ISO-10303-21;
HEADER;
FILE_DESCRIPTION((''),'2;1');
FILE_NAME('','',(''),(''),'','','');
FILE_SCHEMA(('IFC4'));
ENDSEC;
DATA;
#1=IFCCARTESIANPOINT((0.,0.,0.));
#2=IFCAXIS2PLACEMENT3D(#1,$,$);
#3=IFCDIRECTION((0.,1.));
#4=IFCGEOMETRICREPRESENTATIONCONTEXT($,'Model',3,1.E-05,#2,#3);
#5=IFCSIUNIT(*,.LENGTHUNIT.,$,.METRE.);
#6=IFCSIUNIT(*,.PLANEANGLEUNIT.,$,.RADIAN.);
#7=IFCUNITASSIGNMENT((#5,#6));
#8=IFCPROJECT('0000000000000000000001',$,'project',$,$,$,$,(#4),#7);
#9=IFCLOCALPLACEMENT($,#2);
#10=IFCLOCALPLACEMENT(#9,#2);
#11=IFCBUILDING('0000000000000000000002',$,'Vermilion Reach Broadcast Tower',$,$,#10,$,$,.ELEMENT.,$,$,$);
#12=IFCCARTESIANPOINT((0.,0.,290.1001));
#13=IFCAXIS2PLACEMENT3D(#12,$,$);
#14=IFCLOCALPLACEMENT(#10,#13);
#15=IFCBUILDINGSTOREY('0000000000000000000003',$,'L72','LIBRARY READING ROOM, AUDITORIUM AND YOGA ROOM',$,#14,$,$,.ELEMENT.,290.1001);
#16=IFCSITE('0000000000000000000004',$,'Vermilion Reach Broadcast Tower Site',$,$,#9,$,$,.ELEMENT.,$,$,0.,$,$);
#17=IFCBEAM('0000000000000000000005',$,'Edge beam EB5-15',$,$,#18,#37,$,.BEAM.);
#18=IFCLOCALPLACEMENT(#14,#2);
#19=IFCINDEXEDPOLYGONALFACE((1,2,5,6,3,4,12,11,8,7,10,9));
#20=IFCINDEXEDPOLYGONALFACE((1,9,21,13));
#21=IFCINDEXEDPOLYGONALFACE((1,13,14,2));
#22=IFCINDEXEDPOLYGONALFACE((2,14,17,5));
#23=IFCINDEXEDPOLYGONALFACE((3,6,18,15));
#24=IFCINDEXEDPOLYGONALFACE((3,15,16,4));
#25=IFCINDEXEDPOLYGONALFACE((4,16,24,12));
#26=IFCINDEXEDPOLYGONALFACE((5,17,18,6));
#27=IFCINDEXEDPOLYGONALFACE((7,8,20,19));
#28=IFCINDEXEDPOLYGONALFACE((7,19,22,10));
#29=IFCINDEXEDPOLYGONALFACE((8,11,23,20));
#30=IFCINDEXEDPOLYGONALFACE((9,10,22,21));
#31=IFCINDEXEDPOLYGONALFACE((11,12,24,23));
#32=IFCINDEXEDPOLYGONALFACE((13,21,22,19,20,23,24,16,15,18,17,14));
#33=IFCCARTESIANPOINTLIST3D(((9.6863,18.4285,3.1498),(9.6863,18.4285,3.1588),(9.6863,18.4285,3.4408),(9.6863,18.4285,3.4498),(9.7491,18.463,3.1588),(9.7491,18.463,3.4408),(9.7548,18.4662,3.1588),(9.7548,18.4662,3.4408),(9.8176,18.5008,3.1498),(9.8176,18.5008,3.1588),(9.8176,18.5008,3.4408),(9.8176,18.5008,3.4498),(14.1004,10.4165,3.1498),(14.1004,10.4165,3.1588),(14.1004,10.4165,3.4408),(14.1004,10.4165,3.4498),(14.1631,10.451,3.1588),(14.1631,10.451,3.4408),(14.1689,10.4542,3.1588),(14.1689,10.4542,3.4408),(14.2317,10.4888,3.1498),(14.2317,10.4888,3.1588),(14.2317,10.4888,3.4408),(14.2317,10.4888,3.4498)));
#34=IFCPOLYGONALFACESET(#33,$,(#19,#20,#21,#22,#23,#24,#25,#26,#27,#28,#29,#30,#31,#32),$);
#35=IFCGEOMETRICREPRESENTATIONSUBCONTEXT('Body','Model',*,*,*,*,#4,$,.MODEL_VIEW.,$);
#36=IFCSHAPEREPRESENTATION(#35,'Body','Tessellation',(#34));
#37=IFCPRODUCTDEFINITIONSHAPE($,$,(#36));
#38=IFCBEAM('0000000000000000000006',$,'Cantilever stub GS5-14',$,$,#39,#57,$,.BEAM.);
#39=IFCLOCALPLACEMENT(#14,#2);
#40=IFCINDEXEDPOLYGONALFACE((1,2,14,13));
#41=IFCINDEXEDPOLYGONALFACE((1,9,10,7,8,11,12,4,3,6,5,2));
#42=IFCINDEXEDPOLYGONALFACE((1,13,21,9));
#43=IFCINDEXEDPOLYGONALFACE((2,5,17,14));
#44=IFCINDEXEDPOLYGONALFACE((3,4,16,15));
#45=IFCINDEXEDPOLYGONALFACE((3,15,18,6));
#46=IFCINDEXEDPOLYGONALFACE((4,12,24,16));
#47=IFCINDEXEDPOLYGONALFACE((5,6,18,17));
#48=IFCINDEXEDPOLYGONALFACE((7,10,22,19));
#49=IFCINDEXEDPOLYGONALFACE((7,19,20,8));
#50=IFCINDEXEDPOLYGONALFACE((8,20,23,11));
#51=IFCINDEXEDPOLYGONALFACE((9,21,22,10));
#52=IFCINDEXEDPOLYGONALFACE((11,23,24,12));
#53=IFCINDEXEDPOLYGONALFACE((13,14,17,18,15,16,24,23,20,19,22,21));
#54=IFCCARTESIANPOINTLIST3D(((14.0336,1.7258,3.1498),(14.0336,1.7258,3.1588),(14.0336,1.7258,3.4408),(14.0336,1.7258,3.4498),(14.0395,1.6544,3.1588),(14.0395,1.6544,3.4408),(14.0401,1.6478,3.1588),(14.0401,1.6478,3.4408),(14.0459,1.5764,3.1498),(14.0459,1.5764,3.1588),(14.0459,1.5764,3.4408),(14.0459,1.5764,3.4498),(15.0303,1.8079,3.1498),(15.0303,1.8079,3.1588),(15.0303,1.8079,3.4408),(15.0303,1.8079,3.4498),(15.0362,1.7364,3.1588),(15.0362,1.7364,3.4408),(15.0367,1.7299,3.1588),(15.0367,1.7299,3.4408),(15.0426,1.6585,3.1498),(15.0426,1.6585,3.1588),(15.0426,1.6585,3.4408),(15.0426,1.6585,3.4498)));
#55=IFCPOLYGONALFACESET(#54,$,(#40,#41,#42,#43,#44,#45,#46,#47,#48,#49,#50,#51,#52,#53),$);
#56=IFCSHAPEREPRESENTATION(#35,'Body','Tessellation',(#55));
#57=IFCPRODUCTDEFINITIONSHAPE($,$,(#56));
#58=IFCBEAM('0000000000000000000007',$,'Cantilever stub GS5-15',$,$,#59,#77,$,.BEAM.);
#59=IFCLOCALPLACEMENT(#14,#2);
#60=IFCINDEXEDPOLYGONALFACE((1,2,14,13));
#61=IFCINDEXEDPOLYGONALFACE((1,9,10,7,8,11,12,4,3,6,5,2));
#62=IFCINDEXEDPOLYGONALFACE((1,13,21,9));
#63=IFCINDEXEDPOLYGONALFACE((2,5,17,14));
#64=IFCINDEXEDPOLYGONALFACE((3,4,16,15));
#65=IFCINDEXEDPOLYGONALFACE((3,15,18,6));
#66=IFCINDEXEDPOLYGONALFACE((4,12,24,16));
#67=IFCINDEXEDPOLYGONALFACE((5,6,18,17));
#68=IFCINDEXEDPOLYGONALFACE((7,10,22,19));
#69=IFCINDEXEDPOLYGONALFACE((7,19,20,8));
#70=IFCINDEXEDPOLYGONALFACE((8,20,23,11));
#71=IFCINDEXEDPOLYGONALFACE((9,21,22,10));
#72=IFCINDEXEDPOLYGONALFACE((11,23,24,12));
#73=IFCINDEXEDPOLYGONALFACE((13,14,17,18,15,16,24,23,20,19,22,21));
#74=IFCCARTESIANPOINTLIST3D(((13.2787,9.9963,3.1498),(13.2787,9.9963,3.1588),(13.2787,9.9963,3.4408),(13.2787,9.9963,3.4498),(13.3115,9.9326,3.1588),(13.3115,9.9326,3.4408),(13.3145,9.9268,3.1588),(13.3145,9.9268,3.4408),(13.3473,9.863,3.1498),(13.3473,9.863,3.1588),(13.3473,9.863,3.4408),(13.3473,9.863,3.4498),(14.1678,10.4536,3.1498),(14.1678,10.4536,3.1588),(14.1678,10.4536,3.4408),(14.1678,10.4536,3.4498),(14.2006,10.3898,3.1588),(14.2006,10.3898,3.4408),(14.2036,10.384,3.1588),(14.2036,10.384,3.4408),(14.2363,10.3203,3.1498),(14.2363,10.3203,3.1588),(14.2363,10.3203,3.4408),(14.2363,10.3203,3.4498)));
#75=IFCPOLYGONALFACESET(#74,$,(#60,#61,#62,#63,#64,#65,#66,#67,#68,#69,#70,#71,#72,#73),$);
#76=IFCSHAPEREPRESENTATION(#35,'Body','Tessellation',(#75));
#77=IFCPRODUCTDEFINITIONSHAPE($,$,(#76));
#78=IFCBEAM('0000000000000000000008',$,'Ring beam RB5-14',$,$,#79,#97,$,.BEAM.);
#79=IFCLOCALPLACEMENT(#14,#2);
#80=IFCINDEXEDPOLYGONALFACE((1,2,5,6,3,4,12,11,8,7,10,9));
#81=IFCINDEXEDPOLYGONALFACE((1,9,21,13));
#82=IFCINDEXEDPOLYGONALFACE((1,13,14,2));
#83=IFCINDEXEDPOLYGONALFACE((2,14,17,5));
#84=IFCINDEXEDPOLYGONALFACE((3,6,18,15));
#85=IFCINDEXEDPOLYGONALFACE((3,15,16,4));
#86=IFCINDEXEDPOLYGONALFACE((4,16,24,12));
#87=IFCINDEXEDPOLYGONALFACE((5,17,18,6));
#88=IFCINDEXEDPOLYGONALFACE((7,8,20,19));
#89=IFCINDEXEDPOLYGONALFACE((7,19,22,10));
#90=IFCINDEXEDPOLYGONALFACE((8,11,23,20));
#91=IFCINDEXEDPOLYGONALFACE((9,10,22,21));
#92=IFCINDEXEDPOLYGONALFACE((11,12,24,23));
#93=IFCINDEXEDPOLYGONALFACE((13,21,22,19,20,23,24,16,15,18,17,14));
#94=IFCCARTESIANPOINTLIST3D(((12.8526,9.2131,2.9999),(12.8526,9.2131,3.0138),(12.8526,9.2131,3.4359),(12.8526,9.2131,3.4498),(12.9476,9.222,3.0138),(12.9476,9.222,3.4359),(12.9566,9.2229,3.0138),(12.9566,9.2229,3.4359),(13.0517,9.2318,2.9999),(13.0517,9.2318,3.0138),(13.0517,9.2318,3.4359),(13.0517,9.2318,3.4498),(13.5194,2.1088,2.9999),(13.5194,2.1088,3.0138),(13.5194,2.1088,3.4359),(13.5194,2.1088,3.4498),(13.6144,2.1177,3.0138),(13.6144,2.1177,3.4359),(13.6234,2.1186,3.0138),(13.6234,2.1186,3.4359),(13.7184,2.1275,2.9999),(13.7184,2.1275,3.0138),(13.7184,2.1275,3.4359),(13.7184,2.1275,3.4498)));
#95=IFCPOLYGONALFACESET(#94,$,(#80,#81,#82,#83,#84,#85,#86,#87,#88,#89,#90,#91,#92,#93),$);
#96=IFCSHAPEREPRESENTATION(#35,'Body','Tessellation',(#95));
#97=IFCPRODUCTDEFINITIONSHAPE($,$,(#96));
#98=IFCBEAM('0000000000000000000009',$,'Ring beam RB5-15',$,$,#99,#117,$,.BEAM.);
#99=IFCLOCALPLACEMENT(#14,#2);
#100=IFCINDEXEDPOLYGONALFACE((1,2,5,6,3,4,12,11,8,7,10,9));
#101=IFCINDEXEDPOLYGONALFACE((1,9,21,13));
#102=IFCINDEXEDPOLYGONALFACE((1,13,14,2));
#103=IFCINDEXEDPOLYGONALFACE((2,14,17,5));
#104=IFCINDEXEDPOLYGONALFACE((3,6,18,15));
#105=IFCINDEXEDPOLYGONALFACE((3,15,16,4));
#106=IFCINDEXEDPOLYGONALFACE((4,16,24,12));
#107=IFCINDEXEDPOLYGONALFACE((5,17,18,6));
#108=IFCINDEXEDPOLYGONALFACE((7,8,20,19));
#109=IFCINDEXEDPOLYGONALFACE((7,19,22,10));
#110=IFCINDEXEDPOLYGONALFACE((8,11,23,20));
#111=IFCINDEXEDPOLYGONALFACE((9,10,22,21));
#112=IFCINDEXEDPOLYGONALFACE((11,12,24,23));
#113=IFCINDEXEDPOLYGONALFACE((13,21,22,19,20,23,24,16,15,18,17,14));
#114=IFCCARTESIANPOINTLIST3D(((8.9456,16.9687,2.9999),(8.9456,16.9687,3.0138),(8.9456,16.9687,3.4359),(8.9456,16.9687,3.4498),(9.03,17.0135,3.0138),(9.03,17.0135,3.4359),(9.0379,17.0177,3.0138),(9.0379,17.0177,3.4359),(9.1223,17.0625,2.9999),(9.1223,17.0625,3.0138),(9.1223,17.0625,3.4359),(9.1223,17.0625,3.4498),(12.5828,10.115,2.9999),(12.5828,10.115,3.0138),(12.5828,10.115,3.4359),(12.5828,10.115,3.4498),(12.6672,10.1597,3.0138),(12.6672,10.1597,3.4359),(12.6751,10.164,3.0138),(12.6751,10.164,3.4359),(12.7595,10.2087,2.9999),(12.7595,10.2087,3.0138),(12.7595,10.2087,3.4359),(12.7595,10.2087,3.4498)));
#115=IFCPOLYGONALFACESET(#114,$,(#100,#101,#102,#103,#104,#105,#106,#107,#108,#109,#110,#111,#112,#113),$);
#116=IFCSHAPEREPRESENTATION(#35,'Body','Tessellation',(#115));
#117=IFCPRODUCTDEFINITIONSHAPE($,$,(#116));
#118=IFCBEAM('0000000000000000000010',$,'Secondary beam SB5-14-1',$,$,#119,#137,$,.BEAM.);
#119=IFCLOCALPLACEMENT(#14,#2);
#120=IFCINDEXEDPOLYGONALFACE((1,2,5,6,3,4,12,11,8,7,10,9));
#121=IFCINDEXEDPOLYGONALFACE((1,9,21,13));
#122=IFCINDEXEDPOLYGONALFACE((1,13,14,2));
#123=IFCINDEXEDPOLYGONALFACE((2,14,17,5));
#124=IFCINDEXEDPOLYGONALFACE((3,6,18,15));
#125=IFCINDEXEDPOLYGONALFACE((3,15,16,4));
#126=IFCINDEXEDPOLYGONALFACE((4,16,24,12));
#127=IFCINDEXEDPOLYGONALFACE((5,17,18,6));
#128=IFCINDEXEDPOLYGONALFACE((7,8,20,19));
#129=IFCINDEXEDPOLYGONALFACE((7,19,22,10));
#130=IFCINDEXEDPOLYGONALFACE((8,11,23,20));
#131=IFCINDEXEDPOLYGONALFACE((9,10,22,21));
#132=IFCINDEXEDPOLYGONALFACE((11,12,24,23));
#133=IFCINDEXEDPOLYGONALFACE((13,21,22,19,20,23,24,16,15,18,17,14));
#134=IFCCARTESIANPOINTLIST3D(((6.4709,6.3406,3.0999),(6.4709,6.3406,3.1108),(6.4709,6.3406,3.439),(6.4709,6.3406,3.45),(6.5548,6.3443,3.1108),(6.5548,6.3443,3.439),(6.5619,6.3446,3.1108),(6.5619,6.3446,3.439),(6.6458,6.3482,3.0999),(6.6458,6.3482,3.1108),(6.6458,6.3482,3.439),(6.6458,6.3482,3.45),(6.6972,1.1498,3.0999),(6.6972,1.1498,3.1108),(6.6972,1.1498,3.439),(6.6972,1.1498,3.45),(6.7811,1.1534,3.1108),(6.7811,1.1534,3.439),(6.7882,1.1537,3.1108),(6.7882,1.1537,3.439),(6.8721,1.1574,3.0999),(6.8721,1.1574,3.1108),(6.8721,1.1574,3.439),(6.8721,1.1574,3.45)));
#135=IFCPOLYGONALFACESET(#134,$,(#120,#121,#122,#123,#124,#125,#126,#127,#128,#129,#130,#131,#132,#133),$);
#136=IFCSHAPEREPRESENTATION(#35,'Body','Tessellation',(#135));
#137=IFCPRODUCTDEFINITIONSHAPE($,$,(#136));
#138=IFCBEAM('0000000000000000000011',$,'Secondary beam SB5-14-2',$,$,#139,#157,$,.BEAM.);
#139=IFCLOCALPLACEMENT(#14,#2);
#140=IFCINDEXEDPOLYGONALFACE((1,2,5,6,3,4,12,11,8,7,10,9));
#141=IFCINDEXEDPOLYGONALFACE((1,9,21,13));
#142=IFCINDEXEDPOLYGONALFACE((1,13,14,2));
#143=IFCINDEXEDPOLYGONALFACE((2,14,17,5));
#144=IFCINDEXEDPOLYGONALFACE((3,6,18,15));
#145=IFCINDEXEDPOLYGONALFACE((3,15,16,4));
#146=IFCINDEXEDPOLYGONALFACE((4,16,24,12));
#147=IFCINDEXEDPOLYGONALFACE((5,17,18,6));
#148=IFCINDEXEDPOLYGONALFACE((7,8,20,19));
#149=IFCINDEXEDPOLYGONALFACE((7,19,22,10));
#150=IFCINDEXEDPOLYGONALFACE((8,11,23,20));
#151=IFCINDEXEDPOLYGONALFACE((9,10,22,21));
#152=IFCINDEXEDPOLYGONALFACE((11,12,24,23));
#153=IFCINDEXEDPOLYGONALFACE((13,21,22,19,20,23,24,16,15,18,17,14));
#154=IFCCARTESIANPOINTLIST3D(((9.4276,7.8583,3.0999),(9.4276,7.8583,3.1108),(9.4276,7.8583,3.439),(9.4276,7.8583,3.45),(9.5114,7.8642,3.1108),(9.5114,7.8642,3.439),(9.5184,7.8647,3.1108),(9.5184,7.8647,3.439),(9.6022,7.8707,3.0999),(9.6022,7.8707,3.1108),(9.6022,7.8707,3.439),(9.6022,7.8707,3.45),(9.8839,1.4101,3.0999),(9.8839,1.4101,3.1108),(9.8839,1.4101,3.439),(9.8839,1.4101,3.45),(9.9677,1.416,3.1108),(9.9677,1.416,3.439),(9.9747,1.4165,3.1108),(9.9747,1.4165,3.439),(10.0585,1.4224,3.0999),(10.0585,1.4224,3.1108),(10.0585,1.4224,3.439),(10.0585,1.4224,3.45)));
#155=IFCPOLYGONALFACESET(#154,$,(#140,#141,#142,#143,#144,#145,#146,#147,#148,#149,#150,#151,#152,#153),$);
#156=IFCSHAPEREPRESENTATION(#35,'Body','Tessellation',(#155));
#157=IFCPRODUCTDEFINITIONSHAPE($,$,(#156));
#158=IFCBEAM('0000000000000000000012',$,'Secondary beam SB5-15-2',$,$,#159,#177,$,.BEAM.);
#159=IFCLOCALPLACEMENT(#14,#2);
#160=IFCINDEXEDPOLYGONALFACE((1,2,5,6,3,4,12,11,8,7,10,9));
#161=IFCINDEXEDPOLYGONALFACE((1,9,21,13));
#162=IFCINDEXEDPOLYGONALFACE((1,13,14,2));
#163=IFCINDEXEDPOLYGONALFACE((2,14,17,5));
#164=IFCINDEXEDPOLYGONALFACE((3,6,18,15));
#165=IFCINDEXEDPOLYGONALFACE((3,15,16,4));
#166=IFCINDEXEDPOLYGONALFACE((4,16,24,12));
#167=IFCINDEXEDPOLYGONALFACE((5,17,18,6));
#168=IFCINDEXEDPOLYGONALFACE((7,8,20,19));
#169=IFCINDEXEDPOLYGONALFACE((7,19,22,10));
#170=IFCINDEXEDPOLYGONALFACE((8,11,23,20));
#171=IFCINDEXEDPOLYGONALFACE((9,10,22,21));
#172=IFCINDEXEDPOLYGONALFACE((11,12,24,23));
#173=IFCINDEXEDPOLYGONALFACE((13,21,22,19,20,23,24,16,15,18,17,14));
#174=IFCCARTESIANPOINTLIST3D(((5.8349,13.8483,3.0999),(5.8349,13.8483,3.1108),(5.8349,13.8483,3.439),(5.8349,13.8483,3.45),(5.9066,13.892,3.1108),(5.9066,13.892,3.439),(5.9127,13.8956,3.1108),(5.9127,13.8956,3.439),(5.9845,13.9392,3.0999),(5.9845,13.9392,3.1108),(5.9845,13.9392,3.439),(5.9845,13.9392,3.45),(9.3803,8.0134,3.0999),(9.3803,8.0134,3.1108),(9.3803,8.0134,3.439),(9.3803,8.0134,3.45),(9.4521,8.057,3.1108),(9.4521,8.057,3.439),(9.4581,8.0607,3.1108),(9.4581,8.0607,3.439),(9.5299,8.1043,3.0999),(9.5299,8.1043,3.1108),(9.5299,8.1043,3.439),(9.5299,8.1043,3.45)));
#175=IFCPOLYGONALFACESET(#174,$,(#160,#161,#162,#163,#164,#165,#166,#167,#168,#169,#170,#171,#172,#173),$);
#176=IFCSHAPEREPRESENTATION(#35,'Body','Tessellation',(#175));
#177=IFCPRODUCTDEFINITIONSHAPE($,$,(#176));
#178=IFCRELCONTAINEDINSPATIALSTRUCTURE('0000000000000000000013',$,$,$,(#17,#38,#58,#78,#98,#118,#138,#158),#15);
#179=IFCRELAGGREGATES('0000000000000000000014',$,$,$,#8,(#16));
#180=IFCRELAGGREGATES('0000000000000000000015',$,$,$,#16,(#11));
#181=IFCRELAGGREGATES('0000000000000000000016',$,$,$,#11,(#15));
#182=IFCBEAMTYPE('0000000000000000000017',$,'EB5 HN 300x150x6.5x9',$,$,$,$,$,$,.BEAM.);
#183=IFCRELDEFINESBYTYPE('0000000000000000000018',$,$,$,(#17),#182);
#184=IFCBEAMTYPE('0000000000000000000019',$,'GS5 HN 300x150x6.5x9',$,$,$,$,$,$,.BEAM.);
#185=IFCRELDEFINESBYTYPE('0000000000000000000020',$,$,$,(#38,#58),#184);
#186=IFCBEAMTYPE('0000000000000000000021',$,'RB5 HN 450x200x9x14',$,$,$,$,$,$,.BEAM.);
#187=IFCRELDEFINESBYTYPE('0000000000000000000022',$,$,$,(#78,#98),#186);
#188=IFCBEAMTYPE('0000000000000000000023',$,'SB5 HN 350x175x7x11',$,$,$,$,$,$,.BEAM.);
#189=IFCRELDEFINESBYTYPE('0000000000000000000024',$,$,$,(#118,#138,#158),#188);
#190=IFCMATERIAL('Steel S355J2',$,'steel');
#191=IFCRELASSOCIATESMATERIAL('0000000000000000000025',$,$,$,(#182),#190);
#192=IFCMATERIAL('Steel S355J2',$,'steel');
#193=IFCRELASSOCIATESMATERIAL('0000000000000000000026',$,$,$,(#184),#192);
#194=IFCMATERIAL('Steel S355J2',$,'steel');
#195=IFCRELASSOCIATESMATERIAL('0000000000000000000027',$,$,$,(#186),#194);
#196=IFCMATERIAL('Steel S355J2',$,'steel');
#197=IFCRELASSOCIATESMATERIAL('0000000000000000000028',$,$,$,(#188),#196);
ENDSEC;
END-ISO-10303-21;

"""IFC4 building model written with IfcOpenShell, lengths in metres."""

from ifc_helpers import new_model, si_unit, direction, frame, origin, origin_2d, place, context, subcontext, project, spatial, i_section, extrude, material, material_profile, profile_set, type_object, element, save


model = new_model("IFC4")

# Units and contexts
model_context = context("Model", 3, precision=1e-05, world=origin(), true_north=direction((0.0, 1.0)))
body_context = subcontext(model_context, "Body", "Model", "MODEL_VIEW")
ifc_project = project(units=[si_unit("LENGTHUNIT", "METRE"), si_unit("PLANEANGLEUNIT", "RADIAN")], contexts=[model_context])

# Site, building, storey
site_placement = place(None, origin())
site = spatial("IfcSite", under=ifc_project, at=site_placement, Name="Vermilion Reach Broadcast Tower Site", CompositionType="ELEMENT", RefElevation=0.0)
building_placement = place(site_placement, origin())
building = spatial("IfcBuilding", under=site, at=building_placement, Name="Vermilion Reach Broadcast Tower", CompositionType="ELEMENT")
storey_placement = place(building_placement, frame((0.0, 0.0, 290.1001)))
storey = spatial("IfcBuildingStorey", under=building, at=storey_placement, Name="L72", Description="LIBRARY READING ROOM, AUDITORIUM AND YOGA ROOM", CompositionType="ELEMENT", Elevation=290.1001)

# Beams
ifc_material_1 = material(Name="Steel S355J2", Category="steel")
ifc_material_profile_1 = material_profile(ifc_material_1, i_section(OverallWidth=0.1499, OverallDepth=0.3, WebThickness=0.0066, FlangeThickness=0.009, at=origin_2d()), Name="S355J2 HN 300x150x6.5x9")
ifc_profile_set_1 = profile_set([ifc_material_profile_1], Name="Steel S355J2")
beam_type_1 = type_object("IfcBeamType", Name="EB5 HN 300x150x6.5x9", PredefinedType="BEAM", material=ifc_profile_set_1)
beam_1_placement = place(storey_placement, frame((14.166, 10.4526, 3.2998), z_axis=(-0.482547, 0.87587, 0.0), x_axis=(-0.87587, -0.482547, 0.0)))
element("IfcBeam", 1, at=beam_1_placement, inside=storey, type_object=beam_type_1, Name="Edge beam EB5-15", PredefinedType="BEAM", context=body_context, shape_type="SweptSolid", body=[
    extrude(i_section(OverallWidth=0.1499, OverallDepth=0.3, WebThickness=0.0066, FlangeThickness=0.009, at=origin_2d()), origin(), (0.0, 0.0, 1.0), 9.1475),
])
ifc_material_2 = material(Name="Steel S355J2", Category="steel")
ifc_material_profile_2 = material_profile(ifc_material_2, i_section(OverallWidth=0.1499, OverallDepth=0.3, WebThickness=0.0066, FlangeThickness=0.009, at=origin_2d()), Name="S355J2 HN 300x150x6.5x9")
ifc_profile_set_2 = profile_set([ifc_material_profile_2], Name="Steel S355J2")
beam_type_2 = type_object("IfcBeamType", Name="GS5 HN 300x150x6.5x9", PredefinedType="BEAM", material=ifc_profile_set_2)
beam_2_placement = place(storey_placement, frame((14.0398, 1.6511, 3.2998), z_axis=(0.996629, 0.082035, 0.0), x_axis=(-0.082035, 0.996629, 0.0)))
element("IfcBeam", 2, at=beam_2_placement, inside=storey, type_object=beam_type_2, Name="Cantilever stub GS5-14", PredefinedType="BEAM", context=body_context, shape_type="SweptSolid", body=[
    extrude(i_section(OverallWidth=0.1499, OverallDepth=0.3, WebThickness=0.0066, FlangeThickness=0.009, at=origin_2d()), origin(), (0.0, 0.0, 1.0), 1.0),
])
beam_3_placement = place(storey_placement, frame((13.313, 9.9297, 3.2998), z_axis=(0.889291, 0.457342, 0.0), x_axis=(-0.457342, 0.889291, 0.0)))
element("IfcBeam", 3, at=beam_3_placement, inside=storey, type_object=beam_type_2, Name="Cantilever stub GS5-15", PredefinedType="BEAM", context=body_context, shape_type="SweptSolid", body=[
    extrude(i_section(OverallWidth=0.1499, OverallDepth=0.3, WebThickness=0.0066, FlangeThickness=0.009, at=origin_2d()), origin(), (0.0, 0.0, 1.0), 0.9998),
])
ifc_material_3 = material(Name="Steel S355J2", Category="steel")
ifc_material_profile_3 = material_profile(ifc_material_3, i_section(OverallWidth=0.2, OverallDepth=0.45, WebThickness=0.009, FlangeThickness=0.0139, at=origin_2d()), Name="S355J2 HN 450x200x9x14")
ifc_profile_set_3 = profile_set([ifc_material_profile_3], Name="Steel S355J2")
beam_type_3 = type_object("IfcBeamType", Name="RB5 HN 450x200x9x14", PredefinedType="BEAM", material=ifc_profile_set_3)
beam_4_placement = place(storey_placement, frame((13.6189, 2.1182, 3.2249), z_axis=(-0.093441, 0.995625, 0.0), x_axis=(-0.995625, -0.093441, 0.0)))
element("IfcBeam", 4, at=beam_4_placement, inside=storey, type_object=beam_type_3, Name="Ring beam RB5-14", PredefinedType="BEAM", context=body_context, shape_type="SweptSolid", body=[
    extrude(i_section(OverallWidth=0.2, OverallDepth=0.45, WebThickness=0.009, FlangeThickness=0.0139, at=origin_2d()), origin(), (0.0, 0.0, 1.0), 7.1355),
])
beam_5_placement = place(storey_placement, frame((12.6711, 10.1619, 3.2249), z_axis=(-0.468768, 0.883321, 0.0), x_axis=(-0.883321, -0.468768, 0.0)))
element("IfcBeam", 5, at=beam_5_placement, inside=storey, type_object=beam_type_3, Name="Ring beam RB5-15", PredefinedType="BEAM", context=body_context, shape_type="SweptSolid", body=[
    extrude(i_section(OverallWidth=0.2, OverallDepth=0.45, WebThickness=0.009, FlangeThickness=0.0139, at=origin_2d()), origin(), (0.0, 0.0, 1.0), 7.759),
])
ifc_material_4 = material(Name="Steel S355J2", Category="steel")
ifc_material_profile_4 = material_profile(ifc_material_4, i_section(OverallWidth=0.175, OverallDepth=0.3501, WebThickness=0.0071, FlangeThickness=0.011, at=origin_2d()), Name="S355J2 HN 350x175x7x11")
ifc_profile_set_4 = profile_set([ifc_material_profile_4], Name="Steel S355J2")
beam_type_4 = type_object("IfcBeamType", Name="SB5 HN 350x175x7x11", PredefinedType="BEAM", material=ifc_profile_set_4)
beam_6_placement = place(storey_placement, frame((6.7847, 1.1536, 3.2749), z_axis=(-0.043558, 0.999051, 0.0), x_axis=(-0.999051, -0.043558, 0.0)))
element("IfcBeam", 6, at=beam_6_placement, inside=storey, type_object=beam_type_4, Name="Secondary beam SB5-14-1", PredefinedType="BEAM", context=body_context, shape_type="SweptSolid", body=[
    extrude(i_section(OverallWidth=0.175, OverallDepth=0.3501, WebThickness=0.0071, FlangeThickness=0.011, at=origin_2d()), origin(), (0.0, 0.0, 1.0), 5.1958),
])
beam_7_placement = place(storey_placement, frame((9.9712, 1.4163, 3.2749), z_axis=(-0.070587, 0.997506, 0.0), x_axis=(-0.997506, -0.070587, 0.0)))
element("IfcBeam", 7, at=beam_7_placement, inside=storey, type_object=beam_type_4, Name="Secondary beam SB5-14-2", PredefinedType="BEAM", context=body_context, shape_type="SweptSolid", body=[
    extrude(i_section(OverallWidth=0.175, OverallDepth=0.3501, WebThickness=0.0071, FlangeThickness=0.011, at=origin_2d()), origin(), (0.0, 0.0, 1.0), 6.4644),
])
beam_8_placement = place(storey_placement, frame((9.4551, 8.0588, 3.2749), z_axis=(-0.519273, 0.854608, 0.0), x_axis=(-0.854608, -0.519273, 0.0)))
element("IfcBeam", 8, at=beam_8_placement, inside=storey, type_object=beam_type_4, Name="Secondary beam SB5-15-2", PredefinedType="BEAM", context=body_context, shape_type="SweptSolid", body=[
    extrude(i_section(OverallWidth=0.175, OverallDepth=0.3501, WebThickness=0.0071, FlangeThickness=0.011, at=origin_2d()), origin(), (0.0, 0.0, 1.0), 6.8276),
])

save(model, "model.ifc")
